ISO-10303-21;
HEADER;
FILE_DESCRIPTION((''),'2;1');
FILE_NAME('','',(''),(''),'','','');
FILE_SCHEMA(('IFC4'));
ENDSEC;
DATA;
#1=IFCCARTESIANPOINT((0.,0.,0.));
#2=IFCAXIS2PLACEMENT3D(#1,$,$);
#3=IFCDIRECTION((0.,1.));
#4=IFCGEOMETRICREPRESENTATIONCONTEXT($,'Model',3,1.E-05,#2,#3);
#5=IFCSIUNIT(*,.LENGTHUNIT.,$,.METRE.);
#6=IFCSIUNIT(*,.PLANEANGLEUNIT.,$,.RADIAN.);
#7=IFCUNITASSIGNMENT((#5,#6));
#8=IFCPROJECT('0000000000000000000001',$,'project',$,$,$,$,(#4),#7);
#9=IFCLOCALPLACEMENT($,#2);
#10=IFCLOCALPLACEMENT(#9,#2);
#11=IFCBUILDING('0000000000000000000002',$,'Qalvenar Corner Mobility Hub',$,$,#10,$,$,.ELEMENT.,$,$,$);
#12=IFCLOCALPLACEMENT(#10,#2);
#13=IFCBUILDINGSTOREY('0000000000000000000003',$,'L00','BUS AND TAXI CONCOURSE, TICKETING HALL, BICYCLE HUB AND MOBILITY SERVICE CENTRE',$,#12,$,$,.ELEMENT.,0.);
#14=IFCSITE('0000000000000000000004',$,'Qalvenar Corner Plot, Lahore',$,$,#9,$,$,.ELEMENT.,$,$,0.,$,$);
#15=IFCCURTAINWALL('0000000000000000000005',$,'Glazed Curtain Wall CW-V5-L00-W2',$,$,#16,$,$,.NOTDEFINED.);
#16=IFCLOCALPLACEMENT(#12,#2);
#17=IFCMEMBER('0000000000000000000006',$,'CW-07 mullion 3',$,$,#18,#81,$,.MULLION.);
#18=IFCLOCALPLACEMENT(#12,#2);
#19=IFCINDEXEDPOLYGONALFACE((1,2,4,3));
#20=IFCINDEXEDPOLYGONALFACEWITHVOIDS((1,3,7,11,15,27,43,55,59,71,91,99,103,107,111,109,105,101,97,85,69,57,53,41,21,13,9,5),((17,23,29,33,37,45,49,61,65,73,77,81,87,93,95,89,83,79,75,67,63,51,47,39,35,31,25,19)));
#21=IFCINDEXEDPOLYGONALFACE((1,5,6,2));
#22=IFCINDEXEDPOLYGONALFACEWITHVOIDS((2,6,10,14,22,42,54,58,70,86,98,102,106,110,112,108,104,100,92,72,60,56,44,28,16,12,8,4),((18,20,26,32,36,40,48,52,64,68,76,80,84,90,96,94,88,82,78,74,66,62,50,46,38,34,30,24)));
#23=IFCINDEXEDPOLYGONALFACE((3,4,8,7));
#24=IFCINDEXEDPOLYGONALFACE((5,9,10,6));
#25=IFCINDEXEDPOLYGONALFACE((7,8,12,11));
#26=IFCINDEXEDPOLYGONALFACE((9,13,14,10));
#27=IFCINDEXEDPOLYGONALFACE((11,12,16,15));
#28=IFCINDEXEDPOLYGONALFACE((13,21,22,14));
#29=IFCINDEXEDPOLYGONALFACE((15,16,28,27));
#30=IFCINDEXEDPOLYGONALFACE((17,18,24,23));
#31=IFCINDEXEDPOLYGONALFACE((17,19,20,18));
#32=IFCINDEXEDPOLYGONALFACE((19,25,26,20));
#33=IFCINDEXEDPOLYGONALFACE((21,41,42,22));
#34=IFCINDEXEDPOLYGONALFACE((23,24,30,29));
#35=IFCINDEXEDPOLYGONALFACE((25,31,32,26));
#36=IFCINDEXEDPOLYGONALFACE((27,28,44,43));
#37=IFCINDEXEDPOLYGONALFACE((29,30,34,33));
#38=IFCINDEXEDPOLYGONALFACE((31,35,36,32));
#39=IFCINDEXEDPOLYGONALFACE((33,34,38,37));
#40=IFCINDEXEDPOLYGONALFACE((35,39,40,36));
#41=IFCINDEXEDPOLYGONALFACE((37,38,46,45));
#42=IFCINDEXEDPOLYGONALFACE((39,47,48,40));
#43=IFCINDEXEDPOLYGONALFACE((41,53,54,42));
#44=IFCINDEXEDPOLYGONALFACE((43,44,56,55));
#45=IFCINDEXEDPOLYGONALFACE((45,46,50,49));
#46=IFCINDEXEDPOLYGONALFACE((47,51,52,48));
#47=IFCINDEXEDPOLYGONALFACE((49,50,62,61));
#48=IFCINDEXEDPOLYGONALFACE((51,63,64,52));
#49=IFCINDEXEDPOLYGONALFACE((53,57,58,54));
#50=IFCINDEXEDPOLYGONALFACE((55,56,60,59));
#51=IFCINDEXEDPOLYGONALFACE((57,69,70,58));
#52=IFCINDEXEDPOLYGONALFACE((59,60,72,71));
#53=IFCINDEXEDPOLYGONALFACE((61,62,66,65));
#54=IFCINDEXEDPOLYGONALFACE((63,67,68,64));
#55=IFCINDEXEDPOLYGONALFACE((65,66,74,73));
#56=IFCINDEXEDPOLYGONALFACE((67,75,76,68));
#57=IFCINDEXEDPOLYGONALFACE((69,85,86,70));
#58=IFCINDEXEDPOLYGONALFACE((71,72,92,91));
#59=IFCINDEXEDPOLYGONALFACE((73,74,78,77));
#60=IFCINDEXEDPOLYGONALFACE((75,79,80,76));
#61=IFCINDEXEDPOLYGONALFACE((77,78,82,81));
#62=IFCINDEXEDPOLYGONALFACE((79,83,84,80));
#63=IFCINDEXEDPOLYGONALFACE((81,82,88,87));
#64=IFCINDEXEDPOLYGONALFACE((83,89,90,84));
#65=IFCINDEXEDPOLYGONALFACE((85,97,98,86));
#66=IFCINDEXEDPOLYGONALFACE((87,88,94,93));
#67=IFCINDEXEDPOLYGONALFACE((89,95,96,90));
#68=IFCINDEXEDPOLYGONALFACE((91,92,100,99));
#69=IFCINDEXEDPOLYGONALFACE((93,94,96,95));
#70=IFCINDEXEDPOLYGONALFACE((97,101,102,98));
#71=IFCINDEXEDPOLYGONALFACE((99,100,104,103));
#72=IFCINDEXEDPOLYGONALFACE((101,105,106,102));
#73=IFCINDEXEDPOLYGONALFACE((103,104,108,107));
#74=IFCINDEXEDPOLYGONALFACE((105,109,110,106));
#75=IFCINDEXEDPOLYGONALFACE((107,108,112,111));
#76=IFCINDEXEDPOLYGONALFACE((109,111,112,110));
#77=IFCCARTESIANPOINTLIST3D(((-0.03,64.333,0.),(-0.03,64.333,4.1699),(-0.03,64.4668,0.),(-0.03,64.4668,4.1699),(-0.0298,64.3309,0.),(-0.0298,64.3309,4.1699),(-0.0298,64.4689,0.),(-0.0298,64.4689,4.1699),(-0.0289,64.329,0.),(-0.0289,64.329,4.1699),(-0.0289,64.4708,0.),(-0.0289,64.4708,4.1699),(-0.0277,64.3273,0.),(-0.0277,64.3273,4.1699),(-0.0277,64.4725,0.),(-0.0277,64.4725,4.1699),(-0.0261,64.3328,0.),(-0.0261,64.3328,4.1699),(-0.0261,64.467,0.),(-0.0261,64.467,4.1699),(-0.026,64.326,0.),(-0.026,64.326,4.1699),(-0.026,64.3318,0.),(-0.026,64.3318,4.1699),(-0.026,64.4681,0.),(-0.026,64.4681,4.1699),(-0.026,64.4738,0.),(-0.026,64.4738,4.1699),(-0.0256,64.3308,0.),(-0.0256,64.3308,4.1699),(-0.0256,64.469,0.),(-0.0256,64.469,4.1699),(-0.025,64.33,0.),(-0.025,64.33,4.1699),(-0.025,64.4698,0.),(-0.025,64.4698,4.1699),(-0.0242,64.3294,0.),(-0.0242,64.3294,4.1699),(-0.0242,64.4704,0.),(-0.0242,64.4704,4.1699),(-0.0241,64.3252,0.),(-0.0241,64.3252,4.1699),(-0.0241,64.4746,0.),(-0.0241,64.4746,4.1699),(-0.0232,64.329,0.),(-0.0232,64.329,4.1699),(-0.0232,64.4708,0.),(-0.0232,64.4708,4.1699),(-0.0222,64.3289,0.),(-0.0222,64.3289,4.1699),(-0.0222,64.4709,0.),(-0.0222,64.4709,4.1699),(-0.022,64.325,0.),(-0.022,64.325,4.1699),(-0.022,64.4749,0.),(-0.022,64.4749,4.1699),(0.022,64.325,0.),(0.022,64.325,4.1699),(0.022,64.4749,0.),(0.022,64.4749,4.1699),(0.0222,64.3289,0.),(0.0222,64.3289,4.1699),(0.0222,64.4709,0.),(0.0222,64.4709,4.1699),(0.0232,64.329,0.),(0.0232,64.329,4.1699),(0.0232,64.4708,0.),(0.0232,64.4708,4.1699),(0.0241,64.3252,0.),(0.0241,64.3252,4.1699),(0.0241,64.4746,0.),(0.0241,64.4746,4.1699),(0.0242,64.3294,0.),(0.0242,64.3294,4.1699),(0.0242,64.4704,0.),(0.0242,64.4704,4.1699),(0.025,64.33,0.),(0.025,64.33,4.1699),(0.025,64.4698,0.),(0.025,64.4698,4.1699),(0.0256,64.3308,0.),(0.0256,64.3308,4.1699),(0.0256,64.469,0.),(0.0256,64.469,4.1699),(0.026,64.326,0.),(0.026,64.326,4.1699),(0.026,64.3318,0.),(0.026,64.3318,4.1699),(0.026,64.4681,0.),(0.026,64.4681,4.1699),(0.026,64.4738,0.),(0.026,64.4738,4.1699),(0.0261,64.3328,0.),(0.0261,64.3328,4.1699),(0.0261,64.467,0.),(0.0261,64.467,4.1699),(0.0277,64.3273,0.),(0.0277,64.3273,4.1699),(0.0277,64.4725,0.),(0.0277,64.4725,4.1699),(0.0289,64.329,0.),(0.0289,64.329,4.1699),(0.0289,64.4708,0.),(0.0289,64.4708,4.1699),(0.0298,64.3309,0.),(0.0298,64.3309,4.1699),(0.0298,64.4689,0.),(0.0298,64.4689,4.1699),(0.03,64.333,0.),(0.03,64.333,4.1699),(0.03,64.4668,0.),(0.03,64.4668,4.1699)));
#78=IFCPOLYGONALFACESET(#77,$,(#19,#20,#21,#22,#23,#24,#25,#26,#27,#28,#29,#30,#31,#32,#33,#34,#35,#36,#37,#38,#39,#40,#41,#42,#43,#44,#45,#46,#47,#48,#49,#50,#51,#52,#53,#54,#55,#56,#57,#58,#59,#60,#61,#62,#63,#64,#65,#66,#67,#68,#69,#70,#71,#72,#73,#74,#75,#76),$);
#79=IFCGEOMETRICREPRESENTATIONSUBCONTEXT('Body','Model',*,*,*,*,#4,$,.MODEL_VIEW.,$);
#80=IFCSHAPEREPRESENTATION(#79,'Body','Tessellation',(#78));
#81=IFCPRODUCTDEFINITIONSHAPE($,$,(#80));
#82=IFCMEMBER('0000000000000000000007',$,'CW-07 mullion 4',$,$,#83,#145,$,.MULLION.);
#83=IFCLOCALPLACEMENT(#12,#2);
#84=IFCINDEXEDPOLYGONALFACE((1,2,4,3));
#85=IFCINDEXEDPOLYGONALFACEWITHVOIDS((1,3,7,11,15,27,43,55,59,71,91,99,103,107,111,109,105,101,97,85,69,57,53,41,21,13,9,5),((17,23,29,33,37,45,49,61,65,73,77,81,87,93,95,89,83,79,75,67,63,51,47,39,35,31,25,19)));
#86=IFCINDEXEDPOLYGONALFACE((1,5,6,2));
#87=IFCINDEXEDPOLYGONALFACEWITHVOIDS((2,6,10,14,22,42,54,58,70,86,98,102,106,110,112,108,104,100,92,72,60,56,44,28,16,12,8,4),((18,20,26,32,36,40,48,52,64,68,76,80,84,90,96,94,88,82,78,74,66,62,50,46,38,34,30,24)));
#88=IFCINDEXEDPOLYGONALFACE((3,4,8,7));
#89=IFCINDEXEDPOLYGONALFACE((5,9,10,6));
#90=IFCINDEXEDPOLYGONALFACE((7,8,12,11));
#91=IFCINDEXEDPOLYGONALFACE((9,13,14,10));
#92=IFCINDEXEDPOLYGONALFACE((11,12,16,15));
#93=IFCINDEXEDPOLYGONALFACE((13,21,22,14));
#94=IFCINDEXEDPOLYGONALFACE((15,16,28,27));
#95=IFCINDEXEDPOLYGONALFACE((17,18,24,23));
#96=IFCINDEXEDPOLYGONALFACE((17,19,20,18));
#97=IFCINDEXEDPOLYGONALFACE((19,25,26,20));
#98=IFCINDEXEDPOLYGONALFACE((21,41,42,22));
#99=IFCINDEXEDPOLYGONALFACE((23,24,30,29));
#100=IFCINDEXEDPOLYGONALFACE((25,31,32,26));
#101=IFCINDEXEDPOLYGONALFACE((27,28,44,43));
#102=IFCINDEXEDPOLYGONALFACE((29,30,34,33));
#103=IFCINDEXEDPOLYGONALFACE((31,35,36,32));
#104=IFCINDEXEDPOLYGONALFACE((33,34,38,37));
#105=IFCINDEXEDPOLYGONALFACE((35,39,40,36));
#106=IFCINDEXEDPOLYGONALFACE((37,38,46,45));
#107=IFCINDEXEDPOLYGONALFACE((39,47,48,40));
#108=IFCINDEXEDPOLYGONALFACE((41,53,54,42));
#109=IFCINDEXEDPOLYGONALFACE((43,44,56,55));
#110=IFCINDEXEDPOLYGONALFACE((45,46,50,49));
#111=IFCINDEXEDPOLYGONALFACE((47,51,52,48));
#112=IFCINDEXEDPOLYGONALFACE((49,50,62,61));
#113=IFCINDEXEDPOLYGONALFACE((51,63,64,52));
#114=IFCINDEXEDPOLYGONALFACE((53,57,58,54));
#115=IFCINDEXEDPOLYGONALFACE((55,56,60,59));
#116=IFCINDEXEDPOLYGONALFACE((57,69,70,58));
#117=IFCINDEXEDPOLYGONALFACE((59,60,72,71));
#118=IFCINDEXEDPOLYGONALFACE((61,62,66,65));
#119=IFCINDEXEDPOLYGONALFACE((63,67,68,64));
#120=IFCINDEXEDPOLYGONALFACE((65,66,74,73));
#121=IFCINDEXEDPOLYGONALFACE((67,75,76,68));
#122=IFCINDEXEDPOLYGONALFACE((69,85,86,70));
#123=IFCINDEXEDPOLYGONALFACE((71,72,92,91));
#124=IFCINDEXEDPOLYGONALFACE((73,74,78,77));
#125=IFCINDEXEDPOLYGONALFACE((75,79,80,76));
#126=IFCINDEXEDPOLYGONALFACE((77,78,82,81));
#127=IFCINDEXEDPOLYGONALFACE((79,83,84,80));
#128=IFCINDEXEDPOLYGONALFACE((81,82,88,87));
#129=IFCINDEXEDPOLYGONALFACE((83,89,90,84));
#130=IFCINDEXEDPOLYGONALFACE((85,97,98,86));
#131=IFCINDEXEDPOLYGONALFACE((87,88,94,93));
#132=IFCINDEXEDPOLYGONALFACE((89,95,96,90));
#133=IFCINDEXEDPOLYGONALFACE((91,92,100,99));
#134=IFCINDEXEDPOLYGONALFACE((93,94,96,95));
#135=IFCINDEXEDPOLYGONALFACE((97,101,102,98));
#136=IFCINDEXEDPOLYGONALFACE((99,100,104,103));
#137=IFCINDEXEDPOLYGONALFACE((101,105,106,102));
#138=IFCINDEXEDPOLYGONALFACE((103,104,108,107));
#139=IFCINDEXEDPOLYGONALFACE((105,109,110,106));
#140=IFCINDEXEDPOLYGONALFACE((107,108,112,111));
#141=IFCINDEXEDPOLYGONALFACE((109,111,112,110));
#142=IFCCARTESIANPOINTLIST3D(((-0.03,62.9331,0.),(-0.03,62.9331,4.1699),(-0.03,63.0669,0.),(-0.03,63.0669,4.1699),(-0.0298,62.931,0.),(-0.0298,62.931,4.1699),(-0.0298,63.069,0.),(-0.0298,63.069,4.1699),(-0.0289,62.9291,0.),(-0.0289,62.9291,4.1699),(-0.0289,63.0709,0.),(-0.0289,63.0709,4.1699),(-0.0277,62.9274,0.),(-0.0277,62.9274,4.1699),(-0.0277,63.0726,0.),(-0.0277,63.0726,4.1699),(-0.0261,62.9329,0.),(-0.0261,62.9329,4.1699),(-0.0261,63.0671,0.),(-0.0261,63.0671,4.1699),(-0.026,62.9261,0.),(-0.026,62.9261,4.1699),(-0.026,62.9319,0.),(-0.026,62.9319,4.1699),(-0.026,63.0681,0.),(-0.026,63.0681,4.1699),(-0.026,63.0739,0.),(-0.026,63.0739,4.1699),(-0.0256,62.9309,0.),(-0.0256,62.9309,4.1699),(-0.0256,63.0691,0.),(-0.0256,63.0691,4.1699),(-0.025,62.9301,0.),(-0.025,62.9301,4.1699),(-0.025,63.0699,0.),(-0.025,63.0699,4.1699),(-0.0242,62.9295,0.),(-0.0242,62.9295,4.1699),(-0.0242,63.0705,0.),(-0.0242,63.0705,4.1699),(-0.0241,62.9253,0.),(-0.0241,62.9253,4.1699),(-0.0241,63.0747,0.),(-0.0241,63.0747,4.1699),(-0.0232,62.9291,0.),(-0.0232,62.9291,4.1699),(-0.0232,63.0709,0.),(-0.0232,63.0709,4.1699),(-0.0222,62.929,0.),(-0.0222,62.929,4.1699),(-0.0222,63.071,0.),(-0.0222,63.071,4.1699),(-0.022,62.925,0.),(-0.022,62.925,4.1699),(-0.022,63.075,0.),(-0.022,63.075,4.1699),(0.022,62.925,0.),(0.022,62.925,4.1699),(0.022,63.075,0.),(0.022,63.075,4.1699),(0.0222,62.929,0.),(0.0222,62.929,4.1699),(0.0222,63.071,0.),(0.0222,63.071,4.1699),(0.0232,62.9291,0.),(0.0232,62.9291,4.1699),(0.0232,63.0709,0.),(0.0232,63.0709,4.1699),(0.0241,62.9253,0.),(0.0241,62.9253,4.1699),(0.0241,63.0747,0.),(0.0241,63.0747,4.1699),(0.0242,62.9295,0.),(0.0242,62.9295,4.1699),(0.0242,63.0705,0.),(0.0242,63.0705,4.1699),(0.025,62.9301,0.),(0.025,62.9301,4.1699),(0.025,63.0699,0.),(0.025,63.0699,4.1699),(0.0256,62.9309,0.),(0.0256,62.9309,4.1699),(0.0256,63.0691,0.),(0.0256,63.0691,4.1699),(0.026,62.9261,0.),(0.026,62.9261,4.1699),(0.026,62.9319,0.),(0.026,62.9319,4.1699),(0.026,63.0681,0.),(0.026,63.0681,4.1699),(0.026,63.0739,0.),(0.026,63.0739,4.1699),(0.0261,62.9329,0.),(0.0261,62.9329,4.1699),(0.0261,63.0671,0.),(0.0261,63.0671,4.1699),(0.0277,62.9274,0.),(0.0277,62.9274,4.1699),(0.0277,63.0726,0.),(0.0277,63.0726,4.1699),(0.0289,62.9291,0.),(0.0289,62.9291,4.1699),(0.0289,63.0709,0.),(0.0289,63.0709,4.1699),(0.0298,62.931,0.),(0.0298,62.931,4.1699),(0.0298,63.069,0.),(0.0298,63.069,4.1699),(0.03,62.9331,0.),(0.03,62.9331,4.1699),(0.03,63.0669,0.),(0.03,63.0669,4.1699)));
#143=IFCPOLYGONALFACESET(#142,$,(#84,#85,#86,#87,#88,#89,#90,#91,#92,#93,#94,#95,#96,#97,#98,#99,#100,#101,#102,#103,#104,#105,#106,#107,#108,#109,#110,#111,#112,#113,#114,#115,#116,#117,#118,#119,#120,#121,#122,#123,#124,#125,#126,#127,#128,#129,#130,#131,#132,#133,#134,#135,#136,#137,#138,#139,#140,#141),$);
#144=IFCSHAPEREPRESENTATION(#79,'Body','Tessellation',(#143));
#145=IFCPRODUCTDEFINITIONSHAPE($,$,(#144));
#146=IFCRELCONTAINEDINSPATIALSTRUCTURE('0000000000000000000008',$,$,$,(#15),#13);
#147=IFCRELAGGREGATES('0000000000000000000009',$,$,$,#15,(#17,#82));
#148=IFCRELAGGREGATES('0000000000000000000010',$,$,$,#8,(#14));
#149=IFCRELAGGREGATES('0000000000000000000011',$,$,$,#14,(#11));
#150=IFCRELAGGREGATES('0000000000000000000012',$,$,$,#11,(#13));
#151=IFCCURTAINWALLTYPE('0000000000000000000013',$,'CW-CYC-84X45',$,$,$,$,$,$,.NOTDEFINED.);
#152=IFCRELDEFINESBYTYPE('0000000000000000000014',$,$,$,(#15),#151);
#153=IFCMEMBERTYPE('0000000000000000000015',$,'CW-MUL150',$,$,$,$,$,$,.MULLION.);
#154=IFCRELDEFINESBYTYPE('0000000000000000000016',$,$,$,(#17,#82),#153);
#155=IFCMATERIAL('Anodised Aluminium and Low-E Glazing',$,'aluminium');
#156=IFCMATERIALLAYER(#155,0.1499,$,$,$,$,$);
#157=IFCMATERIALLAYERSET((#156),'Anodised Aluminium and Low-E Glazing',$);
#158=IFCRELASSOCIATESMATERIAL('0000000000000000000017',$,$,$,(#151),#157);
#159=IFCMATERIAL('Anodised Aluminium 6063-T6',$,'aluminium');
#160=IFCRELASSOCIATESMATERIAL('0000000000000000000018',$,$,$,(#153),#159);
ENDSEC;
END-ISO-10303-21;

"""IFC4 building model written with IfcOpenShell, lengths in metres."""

from ifc_helpers import new_model, si_unit, direction, frame, origin, origin_2d, place, context, subcontext, project, spatial, hollow_rectangle, extrude, material, layer, layer_set, material_profile, profile_set, type_object, element, aggregate, save


model = new_model("IFC4")

# Units and contexts
model_context = context("Model", 3, precision=1e-05, world=origin(), true_north=direction((0.0, 1.0)))
body_context = subcontext(model_context, "Body", "Model", "MODEL_VIEW")
ifc_project = project(units=[si_unit("LENGTHUNIT", "METRE"), si_unit("PLANEANGLEUNIT", "RADIAN")], contexts=[model_context])

# Site, building, storey
site_placement = place(None, origin())
site = spatial("IfcSite", under=ifc_project, at=site_placement, Name="Qalvenar Corner Plot, Lahore", CompositionType="ELEMENT", RefElevation=0.0)
building_placement = place(site_placement, origin())
building = spatial("IfcBuilding", under=site, at=building_placement, Name="Qalvenar Corner Mobility Hub", CompositionType="ELEMENT")
storey_placement = place(building_placement, origin())
storey = spatial("IfcBuildingStorey", under=building, at=storey_placement, Name="L00", Description="BUS AND TAXI CONCOURSE, TICKETING HALL, BICYCLE HUB AND MOBILITY SERVICE CENTRE", CompositionType="ELEMENT", Elevation=0.0)

# Curtain wall, members
ifc_material_1 = material(Name="Anodised Aluminium and Low-E Glazing", Category="aluminium")
ifc_layer_1 = layer(ifc_material_1, 0.1499)
ifc_layer_set_1 = layer_set([ifc_layer_1], Name="Anodised Aluminium and Low-E Glazing")
curtain_wall_type = type_object("IfcCurtainWallType", Name="CW-CYC-84X45", PredefinedType="NOTDEFINED", material=ifc_layer_set_1)
curtain_wall_placement = place(storey_placement, origin())
curtain_wall = element("IfcCurtainWall", 1, at=curtain_wall_placement, inside=storey, type_object=curtain_wall_type, Name="Glazed Curtain Wall CW-V5-L00-W2", PredefinedType="NOTDEFINED")
ifc_material_2 = material(Name="Anodised Aluminium 6063-T6", Category="aluminium")
ifc_material_profile_1 = material_profile(ifc_material_2, hollow_rectangle(XDim=0.0601, YDim=0.1499, WallThickness=0.0039, InnerFilletRadius=0.0039, OuterFilletRadius=0.0081, at=origin_2d()), Name="RHS150x60x4")
ifc_profile_set_1 = profile_set([ifc_material_profile_1], Name="Anodised Aluminium 6063-T6")
member_type_1 = type_object("IfcMemberType", Name="CW-MUL150", PredefinedType="MULLION", material=ifc_profile_set_1)
member_1_placement = place(storey_placement, frame((0.0, 64.3999, 0.0), z_axis=(0.0, 0.0, 1.0), x_axis=(1.0, 0.0, 0.0)))
member_1 = element("IfcMember", 2, at=member_1_placement, type_object=member_type_1, Name="CW-07 mullion 3", PredefinedType="MULLION", context=body_context, shape_type="SweptSolid", body=[
    extrude(hollow_rectangle(XDim=0.0601, YDim=0.1499, WallThickness=0.0039, InnerFilletRadius=0.0039, OuterFilletRadius=0.0081, at=origin_2d()), origin(), (0.0, 0.0, 1.0), 4.1699),
])
member_2_placement = place(storey_placement, frame((0.0, 63.0, 0.0), z_axis=(0.0, 0.0, 1.0), x_axis=(1.0, 0.0, 0.0)))
member_2 = element("IfcMember", 3, at=member_2_placement, type_object=member_type_1, Name="CW-07 mullion 4", PredefinedType="MULLION", context=body_context, shape_type="SweptSolid", body=[
    extrude(hollow_rectangle(XDim=0.0601, YDim=0.1499, WallThickness=0.0039, InnerFilletRadius=0.0039, OuterFilletRadius=0.0081, at=origin_2d()), origin(), (0.0, 0.0, 1.0), 4.1699),
])
aggregate(curtain_wall, [member_1, member_2])

save(model, "model.ifc")
